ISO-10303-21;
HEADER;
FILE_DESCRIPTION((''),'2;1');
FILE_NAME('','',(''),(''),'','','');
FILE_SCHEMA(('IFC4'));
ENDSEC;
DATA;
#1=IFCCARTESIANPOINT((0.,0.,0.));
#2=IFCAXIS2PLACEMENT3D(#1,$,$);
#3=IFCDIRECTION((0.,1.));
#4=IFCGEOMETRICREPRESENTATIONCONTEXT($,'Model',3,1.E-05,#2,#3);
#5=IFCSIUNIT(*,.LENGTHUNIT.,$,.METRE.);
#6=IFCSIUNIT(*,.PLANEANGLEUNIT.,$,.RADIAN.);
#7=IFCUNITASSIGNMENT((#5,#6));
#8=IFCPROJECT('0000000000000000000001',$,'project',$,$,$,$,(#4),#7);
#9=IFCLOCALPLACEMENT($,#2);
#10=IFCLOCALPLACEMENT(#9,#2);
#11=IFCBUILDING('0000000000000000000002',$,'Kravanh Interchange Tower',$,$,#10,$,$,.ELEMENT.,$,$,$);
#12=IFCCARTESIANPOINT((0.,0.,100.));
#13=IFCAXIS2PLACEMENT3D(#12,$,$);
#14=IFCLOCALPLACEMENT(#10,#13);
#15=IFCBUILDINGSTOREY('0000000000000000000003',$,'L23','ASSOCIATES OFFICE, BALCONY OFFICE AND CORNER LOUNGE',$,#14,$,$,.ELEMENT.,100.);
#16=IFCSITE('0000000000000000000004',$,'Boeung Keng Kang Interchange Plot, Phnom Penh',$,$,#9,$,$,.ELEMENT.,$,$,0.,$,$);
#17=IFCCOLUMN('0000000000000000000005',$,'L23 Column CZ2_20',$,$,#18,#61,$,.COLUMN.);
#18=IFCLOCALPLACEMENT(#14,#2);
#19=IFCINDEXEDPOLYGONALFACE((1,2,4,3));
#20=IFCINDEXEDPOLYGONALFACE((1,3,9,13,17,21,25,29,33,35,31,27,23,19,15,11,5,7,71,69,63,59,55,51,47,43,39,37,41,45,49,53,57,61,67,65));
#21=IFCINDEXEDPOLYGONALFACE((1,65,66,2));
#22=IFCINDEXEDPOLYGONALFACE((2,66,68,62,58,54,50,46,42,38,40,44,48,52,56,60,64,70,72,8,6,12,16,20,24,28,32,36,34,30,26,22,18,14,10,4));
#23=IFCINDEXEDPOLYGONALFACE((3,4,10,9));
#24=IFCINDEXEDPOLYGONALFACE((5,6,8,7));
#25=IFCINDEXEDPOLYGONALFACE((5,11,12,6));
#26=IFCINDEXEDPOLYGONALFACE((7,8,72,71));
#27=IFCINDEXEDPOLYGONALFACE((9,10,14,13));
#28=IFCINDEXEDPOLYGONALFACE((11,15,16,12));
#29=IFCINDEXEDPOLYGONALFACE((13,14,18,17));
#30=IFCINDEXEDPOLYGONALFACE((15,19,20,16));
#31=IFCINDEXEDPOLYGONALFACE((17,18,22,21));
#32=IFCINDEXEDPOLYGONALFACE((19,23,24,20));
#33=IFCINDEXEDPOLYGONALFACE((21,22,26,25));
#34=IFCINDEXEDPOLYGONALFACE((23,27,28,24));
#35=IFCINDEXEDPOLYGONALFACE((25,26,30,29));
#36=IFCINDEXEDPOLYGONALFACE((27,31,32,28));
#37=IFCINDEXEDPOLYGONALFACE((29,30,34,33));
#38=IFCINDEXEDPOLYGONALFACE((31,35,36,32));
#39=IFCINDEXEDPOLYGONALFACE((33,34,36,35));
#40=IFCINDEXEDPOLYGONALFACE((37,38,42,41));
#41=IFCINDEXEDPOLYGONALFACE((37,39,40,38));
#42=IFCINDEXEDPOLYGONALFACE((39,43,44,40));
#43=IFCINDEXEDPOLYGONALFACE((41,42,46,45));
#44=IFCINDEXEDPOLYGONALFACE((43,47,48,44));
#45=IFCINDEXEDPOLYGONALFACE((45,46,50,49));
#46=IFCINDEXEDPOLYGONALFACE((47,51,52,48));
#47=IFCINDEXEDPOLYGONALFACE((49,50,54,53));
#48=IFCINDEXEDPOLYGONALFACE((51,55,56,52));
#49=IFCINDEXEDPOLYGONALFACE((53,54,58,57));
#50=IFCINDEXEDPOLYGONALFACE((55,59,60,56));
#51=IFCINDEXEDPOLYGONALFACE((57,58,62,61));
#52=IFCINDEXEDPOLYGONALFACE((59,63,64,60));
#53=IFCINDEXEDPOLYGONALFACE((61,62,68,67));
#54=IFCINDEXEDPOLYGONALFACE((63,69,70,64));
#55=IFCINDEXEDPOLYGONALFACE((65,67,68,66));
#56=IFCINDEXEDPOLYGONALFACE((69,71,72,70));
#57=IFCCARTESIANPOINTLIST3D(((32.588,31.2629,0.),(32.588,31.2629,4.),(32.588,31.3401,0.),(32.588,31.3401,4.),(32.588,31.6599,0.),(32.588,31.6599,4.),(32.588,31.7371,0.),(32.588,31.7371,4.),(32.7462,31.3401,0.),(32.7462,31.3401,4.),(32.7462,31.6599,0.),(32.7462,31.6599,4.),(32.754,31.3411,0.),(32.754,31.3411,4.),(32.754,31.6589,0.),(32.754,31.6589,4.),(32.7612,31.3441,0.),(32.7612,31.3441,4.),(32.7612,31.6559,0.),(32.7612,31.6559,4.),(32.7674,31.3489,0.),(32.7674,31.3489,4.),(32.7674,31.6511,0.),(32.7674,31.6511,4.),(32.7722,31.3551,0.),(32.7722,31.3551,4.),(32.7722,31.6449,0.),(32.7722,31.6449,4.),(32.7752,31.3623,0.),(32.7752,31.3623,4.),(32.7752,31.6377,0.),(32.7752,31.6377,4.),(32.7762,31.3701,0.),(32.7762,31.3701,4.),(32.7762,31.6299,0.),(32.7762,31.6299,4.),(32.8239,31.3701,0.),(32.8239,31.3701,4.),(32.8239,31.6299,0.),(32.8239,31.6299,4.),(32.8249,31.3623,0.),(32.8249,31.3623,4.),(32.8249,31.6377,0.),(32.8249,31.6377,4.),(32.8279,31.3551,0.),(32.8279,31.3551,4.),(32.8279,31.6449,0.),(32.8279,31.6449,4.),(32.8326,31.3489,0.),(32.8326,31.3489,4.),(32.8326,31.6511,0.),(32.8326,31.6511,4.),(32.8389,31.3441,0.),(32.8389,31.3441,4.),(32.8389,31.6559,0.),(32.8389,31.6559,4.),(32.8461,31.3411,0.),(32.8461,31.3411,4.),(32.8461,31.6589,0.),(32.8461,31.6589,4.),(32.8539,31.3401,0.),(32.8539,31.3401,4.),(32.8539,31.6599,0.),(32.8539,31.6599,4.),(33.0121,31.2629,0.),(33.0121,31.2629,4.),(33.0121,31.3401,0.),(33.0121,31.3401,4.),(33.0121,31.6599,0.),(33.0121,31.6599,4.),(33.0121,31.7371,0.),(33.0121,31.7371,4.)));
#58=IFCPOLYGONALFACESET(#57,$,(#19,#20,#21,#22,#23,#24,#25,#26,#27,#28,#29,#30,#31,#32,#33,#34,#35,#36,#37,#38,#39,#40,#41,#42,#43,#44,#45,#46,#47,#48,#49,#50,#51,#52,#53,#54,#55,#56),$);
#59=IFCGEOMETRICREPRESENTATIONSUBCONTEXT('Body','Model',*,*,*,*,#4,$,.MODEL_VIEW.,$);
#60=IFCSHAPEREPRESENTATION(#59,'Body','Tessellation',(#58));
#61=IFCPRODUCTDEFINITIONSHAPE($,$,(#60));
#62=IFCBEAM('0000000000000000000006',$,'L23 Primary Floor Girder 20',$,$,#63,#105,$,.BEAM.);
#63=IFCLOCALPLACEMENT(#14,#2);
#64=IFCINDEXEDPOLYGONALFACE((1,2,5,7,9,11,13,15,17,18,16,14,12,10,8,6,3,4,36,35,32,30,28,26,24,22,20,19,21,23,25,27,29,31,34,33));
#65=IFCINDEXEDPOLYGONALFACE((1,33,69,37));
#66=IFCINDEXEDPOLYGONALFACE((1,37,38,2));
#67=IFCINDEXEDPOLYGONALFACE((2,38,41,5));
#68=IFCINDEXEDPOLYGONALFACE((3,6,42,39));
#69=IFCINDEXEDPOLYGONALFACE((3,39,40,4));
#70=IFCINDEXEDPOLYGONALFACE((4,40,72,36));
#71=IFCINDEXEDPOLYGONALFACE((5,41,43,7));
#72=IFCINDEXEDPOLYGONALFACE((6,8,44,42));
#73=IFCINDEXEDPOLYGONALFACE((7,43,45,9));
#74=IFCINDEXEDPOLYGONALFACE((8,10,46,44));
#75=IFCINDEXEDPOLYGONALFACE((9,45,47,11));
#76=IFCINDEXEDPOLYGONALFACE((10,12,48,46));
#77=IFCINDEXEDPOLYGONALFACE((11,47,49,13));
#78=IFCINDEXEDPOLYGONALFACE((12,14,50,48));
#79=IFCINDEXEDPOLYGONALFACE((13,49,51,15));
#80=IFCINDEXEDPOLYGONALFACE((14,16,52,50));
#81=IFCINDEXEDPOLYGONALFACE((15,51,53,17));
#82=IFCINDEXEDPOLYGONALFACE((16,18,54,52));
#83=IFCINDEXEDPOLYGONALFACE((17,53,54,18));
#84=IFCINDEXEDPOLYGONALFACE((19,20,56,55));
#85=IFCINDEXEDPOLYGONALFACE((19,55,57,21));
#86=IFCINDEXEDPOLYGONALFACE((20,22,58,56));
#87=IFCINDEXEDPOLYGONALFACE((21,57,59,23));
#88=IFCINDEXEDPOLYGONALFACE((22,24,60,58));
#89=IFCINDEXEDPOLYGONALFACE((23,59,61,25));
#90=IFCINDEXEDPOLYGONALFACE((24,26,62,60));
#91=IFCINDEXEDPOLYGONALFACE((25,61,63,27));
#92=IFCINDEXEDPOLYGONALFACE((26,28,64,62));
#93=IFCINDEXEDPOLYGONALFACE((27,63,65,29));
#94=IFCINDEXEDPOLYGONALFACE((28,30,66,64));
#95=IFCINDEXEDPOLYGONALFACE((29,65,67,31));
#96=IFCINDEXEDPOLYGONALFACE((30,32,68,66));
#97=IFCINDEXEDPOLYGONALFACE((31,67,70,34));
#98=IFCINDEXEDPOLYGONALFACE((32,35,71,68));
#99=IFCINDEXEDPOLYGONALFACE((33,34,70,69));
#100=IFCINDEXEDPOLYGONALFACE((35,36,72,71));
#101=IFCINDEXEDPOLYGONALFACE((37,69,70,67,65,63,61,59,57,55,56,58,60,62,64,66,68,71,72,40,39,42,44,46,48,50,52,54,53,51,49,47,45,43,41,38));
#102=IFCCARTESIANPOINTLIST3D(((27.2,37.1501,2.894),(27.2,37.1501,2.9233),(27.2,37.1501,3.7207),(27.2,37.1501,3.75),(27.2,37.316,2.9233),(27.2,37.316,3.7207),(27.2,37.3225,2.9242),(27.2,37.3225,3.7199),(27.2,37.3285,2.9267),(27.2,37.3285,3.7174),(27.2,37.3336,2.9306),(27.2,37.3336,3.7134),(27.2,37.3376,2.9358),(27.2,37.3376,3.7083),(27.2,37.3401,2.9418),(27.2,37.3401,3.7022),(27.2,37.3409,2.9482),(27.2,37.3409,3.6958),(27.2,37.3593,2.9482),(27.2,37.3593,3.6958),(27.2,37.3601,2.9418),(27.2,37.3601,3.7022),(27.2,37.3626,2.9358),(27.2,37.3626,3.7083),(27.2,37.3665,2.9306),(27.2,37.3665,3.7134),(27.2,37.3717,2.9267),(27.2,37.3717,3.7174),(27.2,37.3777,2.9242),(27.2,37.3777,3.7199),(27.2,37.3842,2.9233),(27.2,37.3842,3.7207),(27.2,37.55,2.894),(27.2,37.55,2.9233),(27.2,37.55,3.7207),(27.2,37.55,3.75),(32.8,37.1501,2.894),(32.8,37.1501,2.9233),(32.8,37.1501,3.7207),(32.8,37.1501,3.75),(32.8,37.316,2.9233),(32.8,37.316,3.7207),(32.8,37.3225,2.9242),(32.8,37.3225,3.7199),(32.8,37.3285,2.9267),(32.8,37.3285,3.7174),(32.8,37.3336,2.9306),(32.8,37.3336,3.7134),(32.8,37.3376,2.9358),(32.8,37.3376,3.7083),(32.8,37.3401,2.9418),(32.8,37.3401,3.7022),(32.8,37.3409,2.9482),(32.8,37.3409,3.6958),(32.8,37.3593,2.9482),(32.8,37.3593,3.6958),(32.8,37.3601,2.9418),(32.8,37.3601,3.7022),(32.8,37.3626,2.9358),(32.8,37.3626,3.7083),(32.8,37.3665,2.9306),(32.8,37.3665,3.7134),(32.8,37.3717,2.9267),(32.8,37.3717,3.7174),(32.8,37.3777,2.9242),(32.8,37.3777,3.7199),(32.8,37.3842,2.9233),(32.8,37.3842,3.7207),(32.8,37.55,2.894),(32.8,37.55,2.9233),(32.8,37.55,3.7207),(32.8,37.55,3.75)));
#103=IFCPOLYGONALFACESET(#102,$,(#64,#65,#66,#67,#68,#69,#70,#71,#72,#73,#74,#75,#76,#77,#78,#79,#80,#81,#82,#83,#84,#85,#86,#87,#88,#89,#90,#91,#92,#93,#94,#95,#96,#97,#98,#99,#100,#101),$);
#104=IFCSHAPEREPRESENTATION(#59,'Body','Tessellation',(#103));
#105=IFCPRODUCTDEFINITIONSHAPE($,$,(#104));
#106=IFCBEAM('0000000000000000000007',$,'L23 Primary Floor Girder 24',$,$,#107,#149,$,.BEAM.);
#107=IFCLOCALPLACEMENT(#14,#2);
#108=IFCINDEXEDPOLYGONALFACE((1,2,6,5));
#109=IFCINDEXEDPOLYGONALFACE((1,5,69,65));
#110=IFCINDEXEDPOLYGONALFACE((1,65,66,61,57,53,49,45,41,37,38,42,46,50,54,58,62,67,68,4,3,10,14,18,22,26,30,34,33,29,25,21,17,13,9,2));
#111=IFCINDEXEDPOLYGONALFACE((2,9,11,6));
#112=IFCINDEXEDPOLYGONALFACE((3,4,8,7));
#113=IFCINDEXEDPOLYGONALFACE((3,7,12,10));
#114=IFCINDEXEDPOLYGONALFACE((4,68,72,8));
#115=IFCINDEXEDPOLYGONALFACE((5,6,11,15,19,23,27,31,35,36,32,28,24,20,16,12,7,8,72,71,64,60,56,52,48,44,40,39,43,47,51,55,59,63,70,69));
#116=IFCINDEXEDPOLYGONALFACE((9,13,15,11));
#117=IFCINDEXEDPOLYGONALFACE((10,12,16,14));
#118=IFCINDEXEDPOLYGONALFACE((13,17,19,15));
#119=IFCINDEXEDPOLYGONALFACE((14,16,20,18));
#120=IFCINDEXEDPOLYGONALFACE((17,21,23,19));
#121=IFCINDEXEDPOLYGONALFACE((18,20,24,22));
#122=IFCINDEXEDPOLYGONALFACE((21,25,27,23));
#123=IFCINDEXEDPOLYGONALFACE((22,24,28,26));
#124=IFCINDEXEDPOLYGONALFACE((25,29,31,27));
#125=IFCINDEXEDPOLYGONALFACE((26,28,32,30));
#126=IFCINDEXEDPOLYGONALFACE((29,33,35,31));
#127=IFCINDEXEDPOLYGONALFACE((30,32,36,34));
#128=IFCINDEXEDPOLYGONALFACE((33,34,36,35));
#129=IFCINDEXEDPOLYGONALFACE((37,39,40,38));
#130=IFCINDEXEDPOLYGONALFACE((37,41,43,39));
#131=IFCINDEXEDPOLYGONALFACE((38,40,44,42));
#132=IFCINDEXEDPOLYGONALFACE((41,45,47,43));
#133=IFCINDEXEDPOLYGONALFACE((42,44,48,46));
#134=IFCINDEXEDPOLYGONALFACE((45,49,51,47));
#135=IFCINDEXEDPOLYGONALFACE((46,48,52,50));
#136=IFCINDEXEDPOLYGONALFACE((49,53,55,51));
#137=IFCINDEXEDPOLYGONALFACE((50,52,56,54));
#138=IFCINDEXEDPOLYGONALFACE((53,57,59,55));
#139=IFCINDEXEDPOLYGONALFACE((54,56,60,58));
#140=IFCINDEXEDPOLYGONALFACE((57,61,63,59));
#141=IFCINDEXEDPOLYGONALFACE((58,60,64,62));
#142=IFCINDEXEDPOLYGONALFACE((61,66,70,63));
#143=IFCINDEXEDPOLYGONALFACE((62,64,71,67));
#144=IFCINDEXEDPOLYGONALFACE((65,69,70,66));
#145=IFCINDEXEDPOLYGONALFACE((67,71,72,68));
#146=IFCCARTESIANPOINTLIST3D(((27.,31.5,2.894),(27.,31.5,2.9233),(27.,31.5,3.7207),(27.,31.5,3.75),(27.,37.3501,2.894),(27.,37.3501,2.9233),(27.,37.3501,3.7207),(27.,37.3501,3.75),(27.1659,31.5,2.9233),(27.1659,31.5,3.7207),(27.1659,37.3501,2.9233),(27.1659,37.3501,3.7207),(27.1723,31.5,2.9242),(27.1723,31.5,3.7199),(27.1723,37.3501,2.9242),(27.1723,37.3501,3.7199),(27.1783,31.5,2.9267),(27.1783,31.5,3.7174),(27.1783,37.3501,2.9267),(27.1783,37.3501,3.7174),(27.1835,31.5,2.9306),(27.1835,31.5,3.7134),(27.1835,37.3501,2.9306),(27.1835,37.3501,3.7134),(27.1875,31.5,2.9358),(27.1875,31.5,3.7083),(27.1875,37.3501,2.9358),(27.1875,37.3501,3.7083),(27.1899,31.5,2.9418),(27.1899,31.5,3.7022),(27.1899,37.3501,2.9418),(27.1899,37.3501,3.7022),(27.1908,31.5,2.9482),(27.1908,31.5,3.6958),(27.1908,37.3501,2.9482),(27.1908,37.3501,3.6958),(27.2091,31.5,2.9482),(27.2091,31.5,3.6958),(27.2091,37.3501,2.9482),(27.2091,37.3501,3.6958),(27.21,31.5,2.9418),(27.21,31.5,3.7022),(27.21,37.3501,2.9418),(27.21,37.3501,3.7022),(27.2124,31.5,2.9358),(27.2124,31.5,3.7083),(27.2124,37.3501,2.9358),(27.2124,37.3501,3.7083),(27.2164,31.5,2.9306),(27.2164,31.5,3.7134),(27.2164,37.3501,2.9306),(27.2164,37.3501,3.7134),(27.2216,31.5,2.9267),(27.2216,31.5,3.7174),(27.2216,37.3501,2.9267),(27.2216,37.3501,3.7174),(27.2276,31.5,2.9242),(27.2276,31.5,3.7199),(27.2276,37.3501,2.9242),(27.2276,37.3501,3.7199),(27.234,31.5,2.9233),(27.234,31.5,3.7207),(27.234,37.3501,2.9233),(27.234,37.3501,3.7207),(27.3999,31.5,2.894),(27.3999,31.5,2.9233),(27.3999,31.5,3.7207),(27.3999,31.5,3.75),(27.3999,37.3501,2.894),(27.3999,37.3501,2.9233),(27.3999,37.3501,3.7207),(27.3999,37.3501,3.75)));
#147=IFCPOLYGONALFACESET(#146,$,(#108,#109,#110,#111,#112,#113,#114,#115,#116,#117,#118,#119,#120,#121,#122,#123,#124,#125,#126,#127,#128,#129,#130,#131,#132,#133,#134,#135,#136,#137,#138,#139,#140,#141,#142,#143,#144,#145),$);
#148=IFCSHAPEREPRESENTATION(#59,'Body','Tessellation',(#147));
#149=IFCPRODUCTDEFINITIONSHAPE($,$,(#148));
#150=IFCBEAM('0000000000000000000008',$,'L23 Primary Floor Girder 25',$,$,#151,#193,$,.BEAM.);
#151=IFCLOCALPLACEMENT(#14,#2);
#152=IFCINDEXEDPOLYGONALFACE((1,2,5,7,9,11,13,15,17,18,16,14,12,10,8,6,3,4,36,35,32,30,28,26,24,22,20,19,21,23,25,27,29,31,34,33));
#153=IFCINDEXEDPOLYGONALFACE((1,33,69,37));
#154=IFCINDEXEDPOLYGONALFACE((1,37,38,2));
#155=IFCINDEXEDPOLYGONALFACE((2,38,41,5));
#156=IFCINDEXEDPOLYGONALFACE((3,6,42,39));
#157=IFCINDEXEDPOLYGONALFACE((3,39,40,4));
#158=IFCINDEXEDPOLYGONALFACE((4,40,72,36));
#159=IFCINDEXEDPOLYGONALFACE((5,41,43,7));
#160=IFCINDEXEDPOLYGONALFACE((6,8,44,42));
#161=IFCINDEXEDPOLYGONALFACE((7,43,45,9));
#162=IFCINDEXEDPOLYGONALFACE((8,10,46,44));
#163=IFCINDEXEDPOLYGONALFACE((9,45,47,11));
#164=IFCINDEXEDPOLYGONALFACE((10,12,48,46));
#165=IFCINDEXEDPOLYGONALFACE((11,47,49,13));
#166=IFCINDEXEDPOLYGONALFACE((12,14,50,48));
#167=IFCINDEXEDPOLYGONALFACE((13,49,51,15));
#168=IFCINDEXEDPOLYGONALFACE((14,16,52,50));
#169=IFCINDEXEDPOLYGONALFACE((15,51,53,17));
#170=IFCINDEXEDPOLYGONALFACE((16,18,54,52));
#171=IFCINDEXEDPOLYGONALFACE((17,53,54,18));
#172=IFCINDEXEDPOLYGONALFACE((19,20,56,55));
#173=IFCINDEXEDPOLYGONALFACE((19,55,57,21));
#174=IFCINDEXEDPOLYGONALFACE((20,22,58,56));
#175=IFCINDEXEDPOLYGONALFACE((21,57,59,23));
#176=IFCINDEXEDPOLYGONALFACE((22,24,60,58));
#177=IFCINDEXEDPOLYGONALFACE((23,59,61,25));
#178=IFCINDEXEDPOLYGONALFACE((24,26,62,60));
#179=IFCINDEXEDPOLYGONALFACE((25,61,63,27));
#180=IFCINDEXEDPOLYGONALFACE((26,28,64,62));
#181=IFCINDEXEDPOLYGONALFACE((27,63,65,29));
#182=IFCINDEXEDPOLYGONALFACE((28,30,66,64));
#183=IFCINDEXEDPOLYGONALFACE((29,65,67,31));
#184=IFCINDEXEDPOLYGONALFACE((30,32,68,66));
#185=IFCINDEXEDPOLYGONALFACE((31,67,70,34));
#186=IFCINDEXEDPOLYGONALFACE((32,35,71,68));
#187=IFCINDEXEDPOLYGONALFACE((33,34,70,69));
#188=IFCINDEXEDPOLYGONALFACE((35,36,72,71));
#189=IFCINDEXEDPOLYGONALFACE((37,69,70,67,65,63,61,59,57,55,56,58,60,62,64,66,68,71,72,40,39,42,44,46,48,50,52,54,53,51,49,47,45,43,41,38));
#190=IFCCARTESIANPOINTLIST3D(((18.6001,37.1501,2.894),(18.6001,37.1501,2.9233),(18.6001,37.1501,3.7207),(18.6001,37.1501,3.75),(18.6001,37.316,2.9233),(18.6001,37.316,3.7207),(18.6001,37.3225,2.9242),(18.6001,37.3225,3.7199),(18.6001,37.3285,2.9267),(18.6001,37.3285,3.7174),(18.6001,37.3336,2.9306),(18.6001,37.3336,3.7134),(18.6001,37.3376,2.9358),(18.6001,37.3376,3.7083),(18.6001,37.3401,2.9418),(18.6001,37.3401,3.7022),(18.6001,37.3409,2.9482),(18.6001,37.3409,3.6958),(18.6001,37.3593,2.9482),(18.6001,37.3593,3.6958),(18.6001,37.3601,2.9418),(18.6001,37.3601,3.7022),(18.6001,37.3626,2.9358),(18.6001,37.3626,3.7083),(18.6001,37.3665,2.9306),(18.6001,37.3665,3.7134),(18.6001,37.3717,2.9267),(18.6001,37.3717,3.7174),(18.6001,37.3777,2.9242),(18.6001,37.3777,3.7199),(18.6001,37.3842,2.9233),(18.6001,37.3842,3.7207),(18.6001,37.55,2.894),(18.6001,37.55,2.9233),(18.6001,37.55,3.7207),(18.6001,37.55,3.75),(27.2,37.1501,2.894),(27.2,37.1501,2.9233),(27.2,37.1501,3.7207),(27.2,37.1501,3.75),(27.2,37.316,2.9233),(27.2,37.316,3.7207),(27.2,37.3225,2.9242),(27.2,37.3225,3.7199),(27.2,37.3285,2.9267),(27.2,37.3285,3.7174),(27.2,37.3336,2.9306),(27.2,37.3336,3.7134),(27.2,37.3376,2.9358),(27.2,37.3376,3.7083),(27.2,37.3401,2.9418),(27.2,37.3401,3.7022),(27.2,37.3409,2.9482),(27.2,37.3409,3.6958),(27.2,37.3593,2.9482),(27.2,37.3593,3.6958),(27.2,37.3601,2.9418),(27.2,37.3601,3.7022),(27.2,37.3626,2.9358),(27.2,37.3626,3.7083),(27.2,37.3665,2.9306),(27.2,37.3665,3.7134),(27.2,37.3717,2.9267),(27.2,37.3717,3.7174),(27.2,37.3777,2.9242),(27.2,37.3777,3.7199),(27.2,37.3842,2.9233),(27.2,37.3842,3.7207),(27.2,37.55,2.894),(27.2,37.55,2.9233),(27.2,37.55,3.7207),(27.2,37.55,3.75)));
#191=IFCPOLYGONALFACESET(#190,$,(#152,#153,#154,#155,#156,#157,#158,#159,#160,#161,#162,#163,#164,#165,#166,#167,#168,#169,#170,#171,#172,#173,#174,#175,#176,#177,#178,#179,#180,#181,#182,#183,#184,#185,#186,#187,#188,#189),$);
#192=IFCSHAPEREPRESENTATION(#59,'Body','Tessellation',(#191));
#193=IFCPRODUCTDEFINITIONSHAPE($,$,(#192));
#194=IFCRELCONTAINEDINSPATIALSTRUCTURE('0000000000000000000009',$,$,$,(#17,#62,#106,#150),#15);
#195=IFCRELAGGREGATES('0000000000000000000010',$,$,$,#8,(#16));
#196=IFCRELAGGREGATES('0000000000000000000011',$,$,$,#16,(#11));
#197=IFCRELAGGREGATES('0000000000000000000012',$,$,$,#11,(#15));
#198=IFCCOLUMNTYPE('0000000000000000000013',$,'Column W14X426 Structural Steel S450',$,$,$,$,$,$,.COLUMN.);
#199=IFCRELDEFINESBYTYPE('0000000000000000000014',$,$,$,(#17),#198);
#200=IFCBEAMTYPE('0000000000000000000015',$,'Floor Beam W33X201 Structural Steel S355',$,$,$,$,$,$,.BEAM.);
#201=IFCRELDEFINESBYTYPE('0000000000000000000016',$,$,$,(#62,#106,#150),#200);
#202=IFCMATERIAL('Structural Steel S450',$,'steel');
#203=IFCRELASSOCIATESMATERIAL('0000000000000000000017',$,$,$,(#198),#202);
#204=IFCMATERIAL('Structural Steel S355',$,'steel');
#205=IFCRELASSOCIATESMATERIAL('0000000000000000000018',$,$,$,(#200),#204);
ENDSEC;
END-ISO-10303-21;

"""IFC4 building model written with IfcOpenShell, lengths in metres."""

from ifc_helpers import new_model, si_unit, direction, frame, origin, origin_2d, place, context, subcontext, project, spatial, i_section, extrude, material, material_profile, profile_set, type_object, element, save


model = new_model("IFC4")

# Units and contexts
model_context = context("Model", 3, precision=1e-05, world=origin(), true_north=direction((0.0, 1.0)))
body_context = subcontext(model_context, "Body", "Model", "MODEL_VIEW")
ifc_project = project(units=[si_unit("LENGTHUNIT", "METRE"), si_unit("PLANEANGLEUNIT", "RADIAN")], contexts=[model_context])

# Site, building, storey
site_placement = place(None, origin())
site = spatial("IfcSite", under=ifc_project, at=site_placement, Name="Boeung Keng Kang Interchange Plot, Phnom Penh", CompositionType="ELEMENT", RefElevation=0.0)
building_placement = place(site_placement, origin())
building = spatial("IfcBuilding", under=site, at=building_placement, Name="Kravanh Interchange Tower", CompositionType="ELEMENT")
storey_placement = place(building_placement, frame((0.0, 0.0, 100.0)))
storey = spatial("IfcBuildingStorey", under=building, at=storey_placement, Name="L23", Description="ASSOCIATES OFFICE, BALCONY OFFICE AND CORNER LOUNGE", CompositionType="ELEMENT", Elevation=100.0)

# Column
ifc_material_1 = material(Name="Structural Steel S450", Category="steel")
ifc_material_profile_1 = material_profile(ifc_material_1, i_section(OverallWidth=0.4241, OverallDepth=0.4741, WebThickness=0.0476, FlangeThickness=0.0771, FilletRadius=0.03, at=origin_2d()), Name="W14X426")
ifc_profile_set_1 = profile_set([ifc_material_profile_1], Name="Structural Steel S450")
column_type_1 = type_object("IfcColumnType", Name="Column W14X426 Structural Steel S450", PredefinedType="COLUMN", material=ifc_profile_set_1)
for number, where, z_axis, x_axis, name in (
    (1, (32.8, 31.5, 0.0), (0.0, 0.0, 1.0), (1.0, 0.0, 0.0), "L23 Column CZ2_20"),
):
    element("IfcColumn", number, at=place(storey_placement, frame(where, z_axis=z_axis, x_axis=x_axis)), inside=storey, type_object=column_type_1, Name=name, PredefinedType="COLUMN", context=body_context, shape_type="SweptSolid", body=[
        extrude(i_section(OverallWidth=0.4241, OverallDepth=0.4741, WebThickness=0.0476, FlangeThickness=0.0771, FilletRadius=0.03, at=origin_2d()), origin(), (0.0, 0.0, 1.0), 4.0),
    ])

# Beams
ifc_material_2 = material(Name="Structural Steel S355", Category="steel")
ifc_material_profile_2 = material_profile(ifc_material_2, i_section(OverallWidth=0.3999, OverallDepth=0.856, WebThickness=0.0183, FlangeThickness=0.0293, FilletRadius=0.0249, at=origin_2d()), Name="W33X201")
ifc_profile_set_2 = profile_set([ifc_material_profile_2], Name="Structural Steel S355")
beam_type_1 = type_object("IfcBeamType", Name="Floor Beam W33X201 Structural Steel S355", PredefinedType="BEAM", material=ifc_profile_set_2)
beam_1_placement = place(storey_placement, frame((32.8, 37.3501, 3.322), z_axis=(-1.0, 0.0, 0.0), x_axis=(0.0, -1.0, 0.0)))
element("IfcBeam", 2, at=beam_1_placement, inside=storey, type_object=beam_type_1, Name="L23 Primary Floor Girder 20", PredefinedType="BEAM", context=body_context, shape_type="SweptSolid", body=[
    extrude(i_section(OverallWidth=0.3999, OverallDepth=0.856, WebThickness=0.0183, FlangeThickness=0.0293, FilletRadius=0.0249, at=origin_2d()), origin(), (0.0, 0.0, 1.0), 5.6001),
])
beam_2_placement = place(storey_placement, frame((27.2, 37.3501, 3.322), z_axis=(0.0, -1.0, 0.0), x_axis=(1.0, 0.0, 0.0)))
element("IfcBeam", 3, at=beam_2_placement, inside=storey, type_object=beam_type_1, Name="L23 Primary Floor Girder 24", PredefinedType="BEAM", context=body_context, shape_type="SweptSolid", body=[
    extrude(i_section(OverallWidth=0.3999, OverallDepth=0.856, WebThickness=0.0183, FlangeThickness=0.0293, FilletRadius=0.0249, at=origin_2d()), origin(), (0.0, 0.0, 1.0), 5.8501),
])
beam_3_placement = place(storey_placement, frame((27.2, 37.3501, 3.322), z_axis=(-1.0, 0.0, 0.0), x_axis=(0.0, -1.0, 0.0)))
element("IfcBeam", 4, at=beam_3_placement, inside=storey, type_object=beam_type_1, Name="L23 Primary Floor Girder 25", PredefinedType="BEAM", context=body_context, shape_type="SweptSolid", body=[
    extrude(i_section(OverallWidth=0.3999, OverallDepth=0.856, WebThickness=0.0183, FlangeThickness=0.0293, FilletRadius=0.0249, at=origin_2d()), origin(), (0.0, 0.0, 1.0), 8.5999),
])

save(model, "model.ifc")
